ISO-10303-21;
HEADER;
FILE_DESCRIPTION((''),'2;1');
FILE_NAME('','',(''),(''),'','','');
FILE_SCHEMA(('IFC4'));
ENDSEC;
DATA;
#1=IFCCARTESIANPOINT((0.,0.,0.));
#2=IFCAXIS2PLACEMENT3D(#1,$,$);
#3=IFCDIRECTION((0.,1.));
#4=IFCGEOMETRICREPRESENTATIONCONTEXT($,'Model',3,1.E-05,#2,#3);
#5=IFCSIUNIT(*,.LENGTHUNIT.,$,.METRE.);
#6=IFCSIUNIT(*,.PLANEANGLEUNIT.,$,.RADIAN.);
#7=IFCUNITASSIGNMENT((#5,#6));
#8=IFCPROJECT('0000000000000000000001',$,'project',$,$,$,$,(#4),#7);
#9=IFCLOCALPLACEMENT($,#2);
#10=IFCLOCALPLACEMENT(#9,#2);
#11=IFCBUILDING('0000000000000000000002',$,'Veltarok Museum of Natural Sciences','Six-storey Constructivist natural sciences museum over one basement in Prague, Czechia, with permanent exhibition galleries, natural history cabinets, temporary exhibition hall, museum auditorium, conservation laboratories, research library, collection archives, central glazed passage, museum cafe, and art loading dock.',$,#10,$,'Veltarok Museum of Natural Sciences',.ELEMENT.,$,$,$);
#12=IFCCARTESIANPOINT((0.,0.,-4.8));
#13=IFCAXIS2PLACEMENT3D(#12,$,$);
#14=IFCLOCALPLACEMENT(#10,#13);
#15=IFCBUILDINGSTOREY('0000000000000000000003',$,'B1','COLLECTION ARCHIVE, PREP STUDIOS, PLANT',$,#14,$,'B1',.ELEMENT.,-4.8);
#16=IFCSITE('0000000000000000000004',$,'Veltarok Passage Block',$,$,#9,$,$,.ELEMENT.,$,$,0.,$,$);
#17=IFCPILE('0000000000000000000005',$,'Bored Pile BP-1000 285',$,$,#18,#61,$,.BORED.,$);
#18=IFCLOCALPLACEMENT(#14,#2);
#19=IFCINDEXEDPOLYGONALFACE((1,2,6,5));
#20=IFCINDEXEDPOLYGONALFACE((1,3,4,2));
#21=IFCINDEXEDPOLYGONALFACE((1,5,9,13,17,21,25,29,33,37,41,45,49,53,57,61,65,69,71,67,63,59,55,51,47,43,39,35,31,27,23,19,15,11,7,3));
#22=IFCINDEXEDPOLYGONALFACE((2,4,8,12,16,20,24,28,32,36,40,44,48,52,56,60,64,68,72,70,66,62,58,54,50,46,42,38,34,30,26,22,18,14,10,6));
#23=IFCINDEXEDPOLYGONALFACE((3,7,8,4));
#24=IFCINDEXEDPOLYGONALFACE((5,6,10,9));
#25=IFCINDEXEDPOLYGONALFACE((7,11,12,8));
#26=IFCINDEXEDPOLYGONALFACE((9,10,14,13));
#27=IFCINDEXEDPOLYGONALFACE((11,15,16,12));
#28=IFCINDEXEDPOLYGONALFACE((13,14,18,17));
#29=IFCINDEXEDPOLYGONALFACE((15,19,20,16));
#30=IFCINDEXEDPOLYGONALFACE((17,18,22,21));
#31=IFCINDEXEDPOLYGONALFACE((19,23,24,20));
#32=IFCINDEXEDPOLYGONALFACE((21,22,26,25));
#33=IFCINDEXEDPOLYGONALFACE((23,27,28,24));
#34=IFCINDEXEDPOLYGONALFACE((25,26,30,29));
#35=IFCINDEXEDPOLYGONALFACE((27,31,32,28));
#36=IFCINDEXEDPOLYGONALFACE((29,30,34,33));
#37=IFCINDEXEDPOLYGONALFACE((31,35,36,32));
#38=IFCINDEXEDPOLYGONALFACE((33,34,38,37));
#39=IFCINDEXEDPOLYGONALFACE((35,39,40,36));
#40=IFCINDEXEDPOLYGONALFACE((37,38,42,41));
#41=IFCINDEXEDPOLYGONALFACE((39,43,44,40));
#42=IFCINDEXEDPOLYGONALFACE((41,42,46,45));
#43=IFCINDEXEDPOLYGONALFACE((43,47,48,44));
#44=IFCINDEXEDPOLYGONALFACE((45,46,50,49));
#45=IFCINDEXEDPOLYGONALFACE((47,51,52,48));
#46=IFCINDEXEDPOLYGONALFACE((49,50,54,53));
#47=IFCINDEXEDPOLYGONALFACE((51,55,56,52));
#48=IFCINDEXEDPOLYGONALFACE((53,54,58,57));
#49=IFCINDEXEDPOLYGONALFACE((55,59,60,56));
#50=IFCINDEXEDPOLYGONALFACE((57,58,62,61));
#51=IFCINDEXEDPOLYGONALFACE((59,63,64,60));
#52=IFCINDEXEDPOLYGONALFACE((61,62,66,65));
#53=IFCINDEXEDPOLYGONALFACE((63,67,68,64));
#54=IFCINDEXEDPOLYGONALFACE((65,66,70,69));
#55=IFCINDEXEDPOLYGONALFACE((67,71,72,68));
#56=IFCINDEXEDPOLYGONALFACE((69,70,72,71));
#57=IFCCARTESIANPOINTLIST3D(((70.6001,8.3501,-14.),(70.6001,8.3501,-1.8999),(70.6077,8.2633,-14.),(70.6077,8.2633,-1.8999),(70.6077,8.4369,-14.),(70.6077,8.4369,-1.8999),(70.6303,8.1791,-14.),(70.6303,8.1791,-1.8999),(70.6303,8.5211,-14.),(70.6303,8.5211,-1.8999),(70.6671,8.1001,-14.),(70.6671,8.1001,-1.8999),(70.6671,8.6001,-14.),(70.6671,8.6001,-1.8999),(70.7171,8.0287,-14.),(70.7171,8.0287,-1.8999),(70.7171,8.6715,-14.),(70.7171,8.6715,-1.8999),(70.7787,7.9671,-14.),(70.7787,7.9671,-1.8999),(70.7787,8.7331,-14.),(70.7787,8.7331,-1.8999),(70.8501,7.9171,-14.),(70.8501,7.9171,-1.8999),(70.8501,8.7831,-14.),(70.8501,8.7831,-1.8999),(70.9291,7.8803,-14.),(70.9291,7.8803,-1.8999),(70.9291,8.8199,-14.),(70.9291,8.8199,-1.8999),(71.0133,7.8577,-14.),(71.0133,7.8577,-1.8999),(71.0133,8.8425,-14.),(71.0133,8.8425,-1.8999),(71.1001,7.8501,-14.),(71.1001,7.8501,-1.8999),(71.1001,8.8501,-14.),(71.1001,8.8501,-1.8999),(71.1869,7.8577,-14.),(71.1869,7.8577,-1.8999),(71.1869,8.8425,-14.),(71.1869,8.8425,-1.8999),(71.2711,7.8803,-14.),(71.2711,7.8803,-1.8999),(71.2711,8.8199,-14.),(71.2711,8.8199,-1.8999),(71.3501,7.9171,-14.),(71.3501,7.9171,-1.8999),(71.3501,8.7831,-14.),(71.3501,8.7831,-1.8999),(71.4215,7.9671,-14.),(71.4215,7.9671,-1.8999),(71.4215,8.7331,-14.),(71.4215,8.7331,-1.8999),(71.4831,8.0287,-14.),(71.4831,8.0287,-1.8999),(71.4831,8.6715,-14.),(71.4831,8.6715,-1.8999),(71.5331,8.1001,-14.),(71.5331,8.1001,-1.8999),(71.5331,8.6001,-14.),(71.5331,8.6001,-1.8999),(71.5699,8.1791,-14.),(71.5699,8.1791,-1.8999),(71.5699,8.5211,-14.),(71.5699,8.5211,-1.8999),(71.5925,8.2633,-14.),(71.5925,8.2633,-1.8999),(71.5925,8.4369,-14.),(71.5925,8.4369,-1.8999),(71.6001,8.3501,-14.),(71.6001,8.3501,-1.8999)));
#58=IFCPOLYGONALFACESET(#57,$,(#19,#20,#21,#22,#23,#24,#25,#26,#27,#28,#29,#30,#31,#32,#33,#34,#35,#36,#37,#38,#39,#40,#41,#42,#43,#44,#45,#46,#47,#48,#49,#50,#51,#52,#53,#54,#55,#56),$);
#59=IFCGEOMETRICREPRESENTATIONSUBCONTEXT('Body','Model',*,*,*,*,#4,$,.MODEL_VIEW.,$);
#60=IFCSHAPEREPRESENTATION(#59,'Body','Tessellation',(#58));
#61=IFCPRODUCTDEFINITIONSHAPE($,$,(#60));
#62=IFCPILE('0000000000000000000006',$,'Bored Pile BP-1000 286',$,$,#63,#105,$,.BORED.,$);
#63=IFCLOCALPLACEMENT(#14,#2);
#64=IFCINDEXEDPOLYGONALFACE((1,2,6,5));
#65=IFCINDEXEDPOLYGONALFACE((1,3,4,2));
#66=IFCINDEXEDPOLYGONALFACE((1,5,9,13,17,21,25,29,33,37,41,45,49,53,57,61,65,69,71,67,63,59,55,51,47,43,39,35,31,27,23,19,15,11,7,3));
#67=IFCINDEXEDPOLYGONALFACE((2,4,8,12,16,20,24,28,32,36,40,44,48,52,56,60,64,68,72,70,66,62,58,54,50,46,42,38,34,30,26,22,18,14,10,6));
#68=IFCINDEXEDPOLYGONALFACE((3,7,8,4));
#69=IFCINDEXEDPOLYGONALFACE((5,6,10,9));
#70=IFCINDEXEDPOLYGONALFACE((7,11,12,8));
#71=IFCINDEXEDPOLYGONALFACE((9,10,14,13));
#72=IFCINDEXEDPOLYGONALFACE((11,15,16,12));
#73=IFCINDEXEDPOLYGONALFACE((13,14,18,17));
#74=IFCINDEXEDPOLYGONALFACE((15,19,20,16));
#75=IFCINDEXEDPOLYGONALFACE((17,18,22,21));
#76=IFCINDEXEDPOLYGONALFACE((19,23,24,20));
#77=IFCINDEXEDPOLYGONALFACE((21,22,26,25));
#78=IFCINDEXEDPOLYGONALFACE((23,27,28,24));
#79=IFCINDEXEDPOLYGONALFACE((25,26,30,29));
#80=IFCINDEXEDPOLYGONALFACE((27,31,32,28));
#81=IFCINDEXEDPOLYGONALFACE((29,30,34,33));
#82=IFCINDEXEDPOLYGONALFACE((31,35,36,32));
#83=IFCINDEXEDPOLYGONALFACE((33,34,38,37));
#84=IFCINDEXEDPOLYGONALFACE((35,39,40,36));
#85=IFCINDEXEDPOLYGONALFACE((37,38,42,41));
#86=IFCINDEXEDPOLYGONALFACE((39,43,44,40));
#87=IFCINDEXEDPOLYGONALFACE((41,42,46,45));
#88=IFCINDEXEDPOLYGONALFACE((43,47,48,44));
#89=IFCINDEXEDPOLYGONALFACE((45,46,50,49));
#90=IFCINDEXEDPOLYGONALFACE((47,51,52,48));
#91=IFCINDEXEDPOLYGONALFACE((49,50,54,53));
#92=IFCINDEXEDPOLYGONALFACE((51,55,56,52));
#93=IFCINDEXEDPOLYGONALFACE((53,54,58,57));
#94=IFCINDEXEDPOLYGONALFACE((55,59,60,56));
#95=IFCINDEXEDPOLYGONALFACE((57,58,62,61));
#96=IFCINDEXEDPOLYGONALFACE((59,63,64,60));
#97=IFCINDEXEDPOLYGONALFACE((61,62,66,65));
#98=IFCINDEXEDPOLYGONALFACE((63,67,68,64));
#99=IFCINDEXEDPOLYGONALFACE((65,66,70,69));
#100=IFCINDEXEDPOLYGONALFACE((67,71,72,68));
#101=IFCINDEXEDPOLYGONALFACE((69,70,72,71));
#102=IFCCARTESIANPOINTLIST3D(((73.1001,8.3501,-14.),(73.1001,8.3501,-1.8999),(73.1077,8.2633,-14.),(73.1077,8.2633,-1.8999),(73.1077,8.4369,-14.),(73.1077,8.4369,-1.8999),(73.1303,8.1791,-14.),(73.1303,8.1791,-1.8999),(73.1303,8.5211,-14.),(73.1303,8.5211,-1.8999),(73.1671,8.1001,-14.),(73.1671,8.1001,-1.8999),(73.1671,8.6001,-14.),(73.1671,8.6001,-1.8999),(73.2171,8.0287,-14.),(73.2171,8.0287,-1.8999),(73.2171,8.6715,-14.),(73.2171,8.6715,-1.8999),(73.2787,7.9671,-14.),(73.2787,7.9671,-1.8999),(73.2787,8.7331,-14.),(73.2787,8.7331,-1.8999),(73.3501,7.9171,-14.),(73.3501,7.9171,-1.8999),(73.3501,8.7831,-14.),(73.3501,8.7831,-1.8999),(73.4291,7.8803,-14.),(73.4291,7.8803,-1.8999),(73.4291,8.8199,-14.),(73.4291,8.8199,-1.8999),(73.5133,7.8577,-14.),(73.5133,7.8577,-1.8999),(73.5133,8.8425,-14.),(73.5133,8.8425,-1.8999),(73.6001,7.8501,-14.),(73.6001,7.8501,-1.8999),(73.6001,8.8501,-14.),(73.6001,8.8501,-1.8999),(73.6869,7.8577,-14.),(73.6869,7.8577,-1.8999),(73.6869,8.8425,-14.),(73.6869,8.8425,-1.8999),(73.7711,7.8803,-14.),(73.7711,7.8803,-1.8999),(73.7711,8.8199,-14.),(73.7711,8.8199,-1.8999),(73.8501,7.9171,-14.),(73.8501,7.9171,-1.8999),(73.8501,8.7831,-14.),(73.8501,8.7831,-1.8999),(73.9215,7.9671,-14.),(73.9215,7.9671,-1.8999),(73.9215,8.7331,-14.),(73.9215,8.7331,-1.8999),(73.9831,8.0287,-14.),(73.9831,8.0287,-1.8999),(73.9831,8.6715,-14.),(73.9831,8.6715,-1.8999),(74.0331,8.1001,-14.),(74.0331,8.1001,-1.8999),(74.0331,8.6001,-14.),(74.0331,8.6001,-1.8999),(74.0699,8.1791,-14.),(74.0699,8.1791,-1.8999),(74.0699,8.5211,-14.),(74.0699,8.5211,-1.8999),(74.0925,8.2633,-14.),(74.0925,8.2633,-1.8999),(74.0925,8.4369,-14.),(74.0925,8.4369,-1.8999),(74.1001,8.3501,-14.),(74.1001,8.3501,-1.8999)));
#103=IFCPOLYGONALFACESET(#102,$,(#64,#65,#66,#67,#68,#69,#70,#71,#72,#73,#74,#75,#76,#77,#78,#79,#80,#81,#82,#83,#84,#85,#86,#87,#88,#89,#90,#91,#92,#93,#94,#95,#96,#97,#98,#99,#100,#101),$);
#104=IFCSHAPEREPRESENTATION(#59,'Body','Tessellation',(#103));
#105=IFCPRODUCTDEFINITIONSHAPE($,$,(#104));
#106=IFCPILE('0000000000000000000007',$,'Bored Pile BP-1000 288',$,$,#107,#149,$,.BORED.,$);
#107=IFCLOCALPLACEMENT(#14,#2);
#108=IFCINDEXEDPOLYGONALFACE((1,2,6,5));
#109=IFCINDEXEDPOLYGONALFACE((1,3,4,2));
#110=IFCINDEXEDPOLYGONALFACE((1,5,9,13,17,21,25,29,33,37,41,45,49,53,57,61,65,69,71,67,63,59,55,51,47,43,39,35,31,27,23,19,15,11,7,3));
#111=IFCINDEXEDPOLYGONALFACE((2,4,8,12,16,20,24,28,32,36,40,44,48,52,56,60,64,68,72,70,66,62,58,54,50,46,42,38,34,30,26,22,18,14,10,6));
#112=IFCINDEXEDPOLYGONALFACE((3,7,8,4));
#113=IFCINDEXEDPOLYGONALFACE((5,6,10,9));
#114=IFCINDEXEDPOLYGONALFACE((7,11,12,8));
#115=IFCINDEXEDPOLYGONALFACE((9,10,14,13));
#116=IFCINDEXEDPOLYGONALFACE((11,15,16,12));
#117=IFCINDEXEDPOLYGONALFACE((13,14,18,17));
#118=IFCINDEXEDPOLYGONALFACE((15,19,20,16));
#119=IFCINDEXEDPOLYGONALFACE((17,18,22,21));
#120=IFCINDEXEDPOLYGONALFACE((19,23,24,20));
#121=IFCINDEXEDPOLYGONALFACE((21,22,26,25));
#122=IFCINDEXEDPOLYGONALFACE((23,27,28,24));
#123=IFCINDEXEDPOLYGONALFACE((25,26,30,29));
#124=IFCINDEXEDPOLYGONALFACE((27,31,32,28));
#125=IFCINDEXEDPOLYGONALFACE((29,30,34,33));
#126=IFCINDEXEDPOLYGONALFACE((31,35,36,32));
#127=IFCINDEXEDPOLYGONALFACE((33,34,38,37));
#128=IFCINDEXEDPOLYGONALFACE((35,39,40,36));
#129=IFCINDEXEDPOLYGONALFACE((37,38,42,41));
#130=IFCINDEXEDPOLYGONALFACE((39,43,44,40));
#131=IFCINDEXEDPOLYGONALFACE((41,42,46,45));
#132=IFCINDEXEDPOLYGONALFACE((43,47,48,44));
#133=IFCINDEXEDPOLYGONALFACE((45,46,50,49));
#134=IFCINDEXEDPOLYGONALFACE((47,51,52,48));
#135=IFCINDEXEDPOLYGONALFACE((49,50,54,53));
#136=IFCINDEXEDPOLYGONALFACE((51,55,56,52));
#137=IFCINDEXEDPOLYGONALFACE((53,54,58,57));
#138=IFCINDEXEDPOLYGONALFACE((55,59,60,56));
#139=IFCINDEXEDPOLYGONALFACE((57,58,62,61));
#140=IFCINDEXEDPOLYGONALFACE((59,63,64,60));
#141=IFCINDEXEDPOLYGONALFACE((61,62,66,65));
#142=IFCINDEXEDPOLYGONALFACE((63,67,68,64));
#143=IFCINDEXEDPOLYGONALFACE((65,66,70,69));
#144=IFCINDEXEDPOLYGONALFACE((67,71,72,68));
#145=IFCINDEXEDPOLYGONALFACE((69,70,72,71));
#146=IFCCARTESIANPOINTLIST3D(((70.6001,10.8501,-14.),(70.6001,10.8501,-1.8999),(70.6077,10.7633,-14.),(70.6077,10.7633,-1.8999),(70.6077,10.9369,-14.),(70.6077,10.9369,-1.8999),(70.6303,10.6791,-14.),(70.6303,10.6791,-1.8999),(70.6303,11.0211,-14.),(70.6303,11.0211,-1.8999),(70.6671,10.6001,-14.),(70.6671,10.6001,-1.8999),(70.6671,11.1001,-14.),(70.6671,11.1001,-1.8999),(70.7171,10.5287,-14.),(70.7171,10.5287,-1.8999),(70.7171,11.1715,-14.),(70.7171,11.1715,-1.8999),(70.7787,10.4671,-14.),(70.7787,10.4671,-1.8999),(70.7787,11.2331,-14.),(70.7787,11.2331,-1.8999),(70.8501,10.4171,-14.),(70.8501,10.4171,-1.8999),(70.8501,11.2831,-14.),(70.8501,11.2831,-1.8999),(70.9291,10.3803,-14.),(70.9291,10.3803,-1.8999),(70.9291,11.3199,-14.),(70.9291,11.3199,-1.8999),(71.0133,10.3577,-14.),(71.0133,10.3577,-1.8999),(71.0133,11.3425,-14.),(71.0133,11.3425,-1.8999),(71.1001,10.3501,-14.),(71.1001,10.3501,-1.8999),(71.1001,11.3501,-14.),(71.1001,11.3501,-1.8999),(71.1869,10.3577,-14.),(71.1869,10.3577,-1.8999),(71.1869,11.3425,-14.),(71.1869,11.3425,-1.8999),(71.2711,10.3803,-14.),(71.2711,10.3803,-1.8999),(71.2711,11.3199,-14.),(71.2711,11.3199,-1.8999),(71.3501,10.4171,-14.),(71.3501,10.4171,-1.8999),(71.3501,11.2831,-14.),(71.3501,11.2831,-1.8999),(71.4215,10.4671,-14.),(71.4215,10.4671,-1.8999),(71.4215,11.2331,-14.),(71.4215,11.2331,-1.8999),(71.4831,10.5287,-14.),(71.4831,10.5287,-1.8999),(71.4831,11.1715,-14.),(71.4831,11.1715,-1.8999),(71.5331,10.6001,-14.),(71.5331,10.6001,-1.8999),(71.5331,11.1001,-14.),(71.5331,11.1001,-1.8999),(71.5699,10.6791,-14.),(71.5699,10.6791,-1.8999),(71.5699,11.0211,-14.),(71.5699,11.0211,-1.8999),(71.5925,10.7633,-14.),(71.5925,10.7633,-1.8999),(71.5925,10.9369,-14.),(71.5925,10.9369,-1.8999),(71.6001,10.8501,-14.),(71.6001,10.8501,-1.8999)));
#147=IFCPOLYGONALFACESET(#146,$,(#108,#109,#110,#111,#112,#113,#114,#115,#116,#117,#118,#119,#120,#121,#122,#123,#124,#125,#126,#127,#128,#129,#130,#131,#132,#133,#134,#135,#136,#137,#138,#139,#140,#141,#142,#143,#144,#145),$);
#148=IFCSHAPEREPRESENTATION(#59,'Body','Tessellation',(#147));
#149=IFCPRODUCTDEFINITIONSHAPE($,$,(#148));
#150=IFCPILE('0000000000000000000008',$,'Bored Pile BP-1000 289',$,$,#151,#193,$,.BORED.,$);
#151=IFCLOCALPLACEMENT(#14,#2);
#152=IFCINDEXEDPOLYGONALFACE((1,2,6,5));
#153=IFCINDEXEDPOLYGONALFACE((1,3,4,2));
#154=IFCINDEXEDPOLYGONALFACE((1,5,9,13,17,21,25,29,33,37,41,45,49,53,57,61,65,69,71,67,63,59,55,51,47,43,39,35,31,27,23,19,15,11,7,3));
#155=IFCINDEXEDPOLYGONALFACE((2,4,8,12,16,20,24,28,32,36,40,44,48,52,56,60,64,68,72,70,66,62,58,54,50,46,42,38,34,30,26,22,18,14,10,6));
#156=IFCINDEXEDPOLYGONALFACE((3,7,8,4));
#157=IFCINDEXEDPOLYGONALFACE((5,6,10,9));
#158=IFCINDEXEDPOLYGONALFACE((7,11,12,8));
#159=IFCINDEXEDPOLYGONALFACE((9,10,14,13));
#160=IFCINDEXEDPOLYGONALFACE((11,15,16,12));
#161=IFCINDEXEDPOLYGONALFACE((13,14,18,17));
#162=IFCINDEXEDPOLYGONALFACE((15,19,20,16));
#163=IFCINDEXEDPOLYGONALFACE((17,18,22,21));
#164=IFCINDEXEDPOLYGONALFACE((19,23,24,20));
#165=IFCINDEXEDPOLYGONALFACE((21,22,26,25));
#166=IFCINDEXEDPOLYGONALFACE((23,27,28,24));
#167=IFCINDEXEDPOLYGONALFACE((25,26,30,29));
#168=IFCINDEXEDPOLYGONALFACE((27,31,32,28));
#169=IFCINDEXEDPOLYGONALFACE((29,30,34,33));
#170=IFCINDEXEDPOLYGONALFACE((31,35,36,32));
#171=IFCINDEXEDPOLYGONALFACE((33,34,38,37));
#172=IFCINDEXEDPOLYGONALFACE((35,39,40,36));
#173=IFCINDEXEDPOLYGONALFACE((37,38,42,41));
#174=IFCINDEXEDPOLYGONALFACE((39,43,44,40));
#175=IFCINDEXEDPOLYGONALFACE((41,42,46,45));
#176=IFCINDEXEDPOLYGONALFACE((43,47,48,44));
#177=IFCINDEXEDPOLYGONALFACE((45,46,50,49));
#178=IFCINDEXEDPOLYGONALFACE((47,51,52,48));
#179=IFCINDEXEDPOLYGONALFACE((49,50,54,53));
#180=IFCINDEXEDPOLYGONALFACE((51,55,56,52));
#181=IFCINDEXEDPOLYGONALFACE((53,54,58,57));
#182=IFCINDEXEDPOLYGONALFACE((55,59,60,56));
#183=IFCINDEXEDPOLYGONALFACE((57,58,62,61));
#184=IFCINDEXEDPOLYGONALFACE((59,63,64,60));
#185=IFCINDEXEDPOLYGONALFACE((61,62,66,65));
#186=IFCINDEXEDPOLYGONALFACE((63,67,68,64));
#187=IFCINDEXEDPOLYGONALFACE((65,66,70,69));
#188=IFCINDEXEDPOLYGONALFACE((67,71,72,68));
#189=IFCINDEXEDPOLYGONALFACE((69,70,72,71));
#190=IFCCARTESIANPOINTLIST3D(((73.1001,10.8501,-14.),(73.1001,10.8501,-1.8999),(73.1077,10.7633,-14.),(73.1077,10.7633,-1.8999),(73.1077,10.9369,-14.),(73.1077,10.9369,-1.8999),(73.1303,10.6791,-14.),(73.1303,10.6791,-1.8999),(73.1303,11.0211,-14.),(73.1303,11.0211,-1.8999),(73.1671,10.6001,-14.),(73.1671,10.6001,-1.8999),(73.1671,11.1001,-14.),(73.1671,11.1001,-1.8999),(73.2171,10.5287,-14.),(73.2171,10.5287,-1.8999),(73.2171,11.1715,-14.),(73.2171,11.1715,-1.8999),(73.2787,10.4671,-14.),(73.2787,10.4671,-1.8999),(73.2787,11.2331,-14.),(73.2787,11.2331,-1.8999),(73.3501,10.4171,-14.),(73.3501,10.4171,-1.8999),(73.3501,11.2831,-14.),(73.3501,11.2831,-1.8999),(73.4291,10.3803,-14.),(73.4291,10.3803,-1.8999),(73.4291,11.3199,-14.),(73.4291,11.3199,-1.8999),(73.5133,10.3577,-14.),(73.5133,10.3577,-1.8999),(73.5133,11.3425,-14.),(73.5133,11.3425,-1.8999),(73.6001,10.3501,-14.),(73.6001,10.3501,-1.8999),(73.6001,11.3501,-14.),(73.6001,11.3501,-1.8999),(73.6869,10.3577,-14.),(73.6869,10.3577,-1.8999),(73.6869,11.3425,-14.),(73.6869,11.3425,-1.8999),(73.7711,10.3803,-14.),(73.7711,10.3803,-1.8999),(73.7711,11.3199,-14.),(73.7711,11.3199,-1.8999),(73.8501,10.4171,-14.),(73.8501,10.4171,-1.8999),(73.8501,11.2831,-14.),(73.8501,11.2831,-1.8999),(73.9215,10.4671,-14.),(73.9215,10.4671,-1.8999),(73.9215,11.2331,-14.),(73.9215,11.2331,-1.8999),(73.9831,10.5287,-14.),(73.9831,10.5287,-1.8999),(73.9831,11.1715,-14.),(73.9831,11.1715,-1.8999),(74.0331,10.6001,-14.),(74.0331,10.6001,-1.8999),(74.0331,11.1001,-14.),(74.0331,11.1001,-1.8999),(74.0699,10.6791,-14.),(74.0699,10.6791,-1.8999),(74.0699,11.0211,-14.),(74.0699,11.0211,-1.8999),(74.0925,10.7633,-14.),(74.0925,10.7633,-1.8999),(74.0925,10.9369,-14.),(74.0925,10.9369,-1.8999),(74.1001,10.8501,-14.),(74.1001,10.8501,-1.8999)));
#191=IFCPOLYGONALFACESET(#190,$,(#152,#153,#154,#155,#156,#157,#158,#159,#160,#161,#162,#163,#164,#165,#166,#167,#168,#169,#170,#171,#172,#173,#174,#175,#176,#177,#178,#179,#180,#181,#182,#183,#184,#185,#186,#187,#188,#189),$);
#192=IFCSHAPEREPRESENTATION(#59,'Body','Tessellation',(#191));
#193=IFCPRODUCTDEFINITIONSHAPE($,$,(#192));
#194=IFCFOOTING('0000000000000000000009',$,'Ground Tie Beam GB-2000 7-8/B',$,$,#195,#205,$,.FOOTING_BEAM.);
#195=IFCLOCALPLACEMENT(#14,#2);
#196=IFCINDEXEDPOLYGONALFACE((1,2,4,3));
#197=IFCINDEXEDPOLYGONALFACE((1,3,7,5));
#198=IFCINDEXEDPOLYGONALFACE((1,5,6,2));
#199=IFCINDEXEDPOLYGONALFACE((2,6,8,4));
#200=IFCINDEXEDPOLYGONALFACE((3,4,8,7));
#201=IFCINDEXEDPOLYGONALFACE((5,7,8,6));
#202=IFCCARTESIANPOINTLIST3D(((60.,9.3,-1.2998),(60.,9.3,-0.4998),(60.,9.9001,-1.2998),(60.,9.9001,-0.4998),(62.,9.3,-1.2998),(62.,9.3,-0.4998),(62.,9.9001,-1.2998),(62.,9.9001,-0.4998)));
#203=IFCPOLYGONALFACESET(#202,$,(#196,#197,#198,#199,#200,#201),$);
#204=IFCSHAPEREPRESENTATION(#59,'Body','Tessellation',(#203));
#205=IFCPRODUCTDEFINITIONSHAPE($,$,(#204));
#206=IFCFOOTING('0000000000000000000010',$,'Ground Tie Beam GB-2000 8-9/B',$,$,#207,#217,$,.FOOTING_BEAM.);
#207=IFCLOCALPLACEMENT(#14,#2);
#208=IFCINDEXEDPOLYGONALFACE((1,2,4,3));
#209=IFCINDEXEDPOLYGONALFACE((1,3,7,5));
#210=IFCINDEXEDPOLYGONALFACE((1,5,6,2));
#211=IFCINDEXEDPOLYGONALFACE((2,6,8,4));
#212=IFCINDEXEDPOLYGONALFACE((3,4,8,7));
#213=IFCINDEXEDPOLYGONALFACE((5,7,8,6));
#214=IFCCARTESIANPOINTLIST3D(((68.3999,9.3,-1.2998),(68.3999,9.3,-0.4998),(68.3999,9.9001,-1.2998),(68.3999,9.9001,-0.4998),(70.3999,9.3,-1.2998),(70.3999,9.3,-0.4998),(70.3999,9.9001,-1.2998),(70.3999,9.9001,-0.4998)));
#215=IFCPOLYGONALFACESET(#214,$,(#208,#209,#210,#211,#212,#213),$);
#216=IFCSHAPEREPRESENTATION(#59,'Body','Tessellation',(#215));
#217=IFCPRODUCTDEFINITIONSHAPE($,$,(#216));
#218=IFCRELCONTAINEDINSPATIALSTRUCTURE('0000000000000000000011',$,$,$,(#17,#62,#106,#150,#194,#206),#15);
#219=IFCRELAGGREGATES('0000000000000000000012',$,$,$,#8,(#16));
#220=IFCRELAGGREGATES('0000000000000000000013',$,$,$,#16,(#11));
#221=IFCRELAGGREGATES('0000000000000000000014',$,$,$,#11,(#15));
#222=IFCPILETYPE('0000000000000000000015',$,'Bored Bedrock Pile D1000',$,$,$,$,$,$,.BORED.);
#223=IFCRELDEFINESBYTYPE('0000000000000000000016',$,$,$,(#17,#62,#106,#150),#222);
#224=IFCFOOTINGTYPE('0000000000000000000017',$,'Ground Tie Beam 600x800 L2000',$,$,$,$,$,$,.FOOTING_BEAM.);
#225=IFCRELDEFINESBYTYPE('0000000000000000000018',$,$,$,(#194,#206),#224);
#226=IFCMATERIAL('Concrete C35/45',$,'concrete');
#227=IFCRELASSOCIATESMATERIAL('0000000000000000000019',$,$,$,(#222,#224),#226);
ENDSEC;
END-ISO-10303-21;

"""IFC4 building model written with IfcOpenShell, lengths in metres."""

from ifc_helpers import new_model, si_unit, direction, frame, origin, origin_2d, place, context, subcontext, project, spatial, rectangle, circle, extrude, material, material_profile, profile_set, type_object, element, save


model = new_model("IFC4")

# Units and contexts
model_context = context("Model", 3, precision=1e-05, world=origin(), true_north=direction((0.0, 1.0)))
body_context = subcontext(model_context, "Body", "Model", "MODEL_VIEW")
ifc_project = project(units=[si_unit("LENGTHUNIT", "METRE"), si_unit("PLANEANGLEUNIT", "RADIAN")], contexts=[model_context])

# Site, building, storey
site_placement = place(None, origin())
site = spatial("IfcSite", under=ifc_project, at=site_placement, Name="Veltarok Passage Block", CompositionType="ELEMENT", RefElevation=0.0)
building_placement = place(site_placement, origin())
building = spatial("IfcBuilding", under=site, at=building_placement, Name="Veltarok Museum of Natural Sciences", Description="Six-storey Constructivist natural sciences museum over one basement in Prague, Czechia, with permanent exhibition galleries, natural history cabinets, temporary exhibition hall, museum auditorium, conservation laboratories, research library, collection archives, central glazed passage, museum cafe, and art loading dock.", LongName="Veltarok Museum of Natural Sciences", CompositionType="ELEMENT")
storey_placement = place(building_placement, frame((0.0, 0.0, -4.8)))
storey = spatial("IfcBuildingStorey", under=building, at=storey_placement, Name="B1", Description="COLLECTION ARCHIVE, PREP STUDIOS, PLANT", LongName="B1", CompositionType="ELEMENT", Elevation=-4.8)

# Piles
ifc_material_1 = material(Name="Concrete C35/45", Category="concrete")
ifc_material_profile_1 = material_profile(ifc_material_1, circle(Radius=0.5, at=origin_2d()), Name="BP D1000")
ifc_profile_set_1 = profile_set([ifc_material_profile_1], Name="Concrete C35/45")
pile_type = type_object("IfcPileType", Name="Bored Bedrock Pile D1000", PredefinedType="BORED", material=ifc_profile_set_1)
for number, where, z_axis, x_axis, name in (
    (1, (71.1001, 8.3501, -1.8999), (0.0, 0.0, -1.0), (1.0, 0.0, 0.0), "Bored Pile BP-1000 285"),
    (2, (73.6001, 8.3501, -1.8999), (0.0, 0.0, -1.0), (1.0, 0.0, 0.0), "Bored Pile BP-1000 286"),
    (3, (71.1001, 10.8501, -1.8999), (0.0, 0.0, -1.0), (1.0, 0.0, 0.0), "Bored Pile BP-1000 288"),
    (4, (73.6001, 10.8501, -1.8999), (0.0, 0.0, -1.0), (1.0, 0.0, 0.0), "Bored Pile BP-1000 289"),
):
    element("IfcPile", number, at=place(storey_placement, frame(where, z_axis=z_axis, x_axis=x_axis)), inside=storey, type_object=pile_type, Name=name, PredefinedType="BORED", context=body_context, shape_type="SweptSolid", body=[
        extrude(circle(Radius=0.5, at=origin_2d()), origin(), (0.0, 0.0, 1.0), 12.1001),
    ])

# Footings
footing_type_1 = type_object("IfcFootingType", Name="Ground Tie Beam 600x800 L2000", PredefinedType="FOOTING_BEAM", material=ifc_material_1)
for number, where, z_axis, x_axis, name in (
    (5, (61.0, 9.6001, -1.2998), (0.0, 0.0, 1.0), (1.0, 0.0, 0.0), "Ground Tie Beam GB-2000 7-8/B"),
    (6, (69.3999, 9.6001, -1.2998), (0.0, 0.0, 1.0), (1.0, 0.0, 0.0), "Ground Tie Beam GB-2000 8-9/B"),
):
    element("IfcFooting", number, at=place(storey_placement, frame(where, z_axis=z_axis, x_axis=x_axis)), inside=storey, type_object=footing_type_1, Name=name, PredefinedType="FOOTING_BEAM", context=body_context, shape_type="SweptSolid", body=[
        extrude(rectangle(XDim=2.0, YDim=0.6001, at=origin_2d()), origin(), (0.0, 0.0, 1.0), 0.8),
    ])

save(model, "model.ifc")
